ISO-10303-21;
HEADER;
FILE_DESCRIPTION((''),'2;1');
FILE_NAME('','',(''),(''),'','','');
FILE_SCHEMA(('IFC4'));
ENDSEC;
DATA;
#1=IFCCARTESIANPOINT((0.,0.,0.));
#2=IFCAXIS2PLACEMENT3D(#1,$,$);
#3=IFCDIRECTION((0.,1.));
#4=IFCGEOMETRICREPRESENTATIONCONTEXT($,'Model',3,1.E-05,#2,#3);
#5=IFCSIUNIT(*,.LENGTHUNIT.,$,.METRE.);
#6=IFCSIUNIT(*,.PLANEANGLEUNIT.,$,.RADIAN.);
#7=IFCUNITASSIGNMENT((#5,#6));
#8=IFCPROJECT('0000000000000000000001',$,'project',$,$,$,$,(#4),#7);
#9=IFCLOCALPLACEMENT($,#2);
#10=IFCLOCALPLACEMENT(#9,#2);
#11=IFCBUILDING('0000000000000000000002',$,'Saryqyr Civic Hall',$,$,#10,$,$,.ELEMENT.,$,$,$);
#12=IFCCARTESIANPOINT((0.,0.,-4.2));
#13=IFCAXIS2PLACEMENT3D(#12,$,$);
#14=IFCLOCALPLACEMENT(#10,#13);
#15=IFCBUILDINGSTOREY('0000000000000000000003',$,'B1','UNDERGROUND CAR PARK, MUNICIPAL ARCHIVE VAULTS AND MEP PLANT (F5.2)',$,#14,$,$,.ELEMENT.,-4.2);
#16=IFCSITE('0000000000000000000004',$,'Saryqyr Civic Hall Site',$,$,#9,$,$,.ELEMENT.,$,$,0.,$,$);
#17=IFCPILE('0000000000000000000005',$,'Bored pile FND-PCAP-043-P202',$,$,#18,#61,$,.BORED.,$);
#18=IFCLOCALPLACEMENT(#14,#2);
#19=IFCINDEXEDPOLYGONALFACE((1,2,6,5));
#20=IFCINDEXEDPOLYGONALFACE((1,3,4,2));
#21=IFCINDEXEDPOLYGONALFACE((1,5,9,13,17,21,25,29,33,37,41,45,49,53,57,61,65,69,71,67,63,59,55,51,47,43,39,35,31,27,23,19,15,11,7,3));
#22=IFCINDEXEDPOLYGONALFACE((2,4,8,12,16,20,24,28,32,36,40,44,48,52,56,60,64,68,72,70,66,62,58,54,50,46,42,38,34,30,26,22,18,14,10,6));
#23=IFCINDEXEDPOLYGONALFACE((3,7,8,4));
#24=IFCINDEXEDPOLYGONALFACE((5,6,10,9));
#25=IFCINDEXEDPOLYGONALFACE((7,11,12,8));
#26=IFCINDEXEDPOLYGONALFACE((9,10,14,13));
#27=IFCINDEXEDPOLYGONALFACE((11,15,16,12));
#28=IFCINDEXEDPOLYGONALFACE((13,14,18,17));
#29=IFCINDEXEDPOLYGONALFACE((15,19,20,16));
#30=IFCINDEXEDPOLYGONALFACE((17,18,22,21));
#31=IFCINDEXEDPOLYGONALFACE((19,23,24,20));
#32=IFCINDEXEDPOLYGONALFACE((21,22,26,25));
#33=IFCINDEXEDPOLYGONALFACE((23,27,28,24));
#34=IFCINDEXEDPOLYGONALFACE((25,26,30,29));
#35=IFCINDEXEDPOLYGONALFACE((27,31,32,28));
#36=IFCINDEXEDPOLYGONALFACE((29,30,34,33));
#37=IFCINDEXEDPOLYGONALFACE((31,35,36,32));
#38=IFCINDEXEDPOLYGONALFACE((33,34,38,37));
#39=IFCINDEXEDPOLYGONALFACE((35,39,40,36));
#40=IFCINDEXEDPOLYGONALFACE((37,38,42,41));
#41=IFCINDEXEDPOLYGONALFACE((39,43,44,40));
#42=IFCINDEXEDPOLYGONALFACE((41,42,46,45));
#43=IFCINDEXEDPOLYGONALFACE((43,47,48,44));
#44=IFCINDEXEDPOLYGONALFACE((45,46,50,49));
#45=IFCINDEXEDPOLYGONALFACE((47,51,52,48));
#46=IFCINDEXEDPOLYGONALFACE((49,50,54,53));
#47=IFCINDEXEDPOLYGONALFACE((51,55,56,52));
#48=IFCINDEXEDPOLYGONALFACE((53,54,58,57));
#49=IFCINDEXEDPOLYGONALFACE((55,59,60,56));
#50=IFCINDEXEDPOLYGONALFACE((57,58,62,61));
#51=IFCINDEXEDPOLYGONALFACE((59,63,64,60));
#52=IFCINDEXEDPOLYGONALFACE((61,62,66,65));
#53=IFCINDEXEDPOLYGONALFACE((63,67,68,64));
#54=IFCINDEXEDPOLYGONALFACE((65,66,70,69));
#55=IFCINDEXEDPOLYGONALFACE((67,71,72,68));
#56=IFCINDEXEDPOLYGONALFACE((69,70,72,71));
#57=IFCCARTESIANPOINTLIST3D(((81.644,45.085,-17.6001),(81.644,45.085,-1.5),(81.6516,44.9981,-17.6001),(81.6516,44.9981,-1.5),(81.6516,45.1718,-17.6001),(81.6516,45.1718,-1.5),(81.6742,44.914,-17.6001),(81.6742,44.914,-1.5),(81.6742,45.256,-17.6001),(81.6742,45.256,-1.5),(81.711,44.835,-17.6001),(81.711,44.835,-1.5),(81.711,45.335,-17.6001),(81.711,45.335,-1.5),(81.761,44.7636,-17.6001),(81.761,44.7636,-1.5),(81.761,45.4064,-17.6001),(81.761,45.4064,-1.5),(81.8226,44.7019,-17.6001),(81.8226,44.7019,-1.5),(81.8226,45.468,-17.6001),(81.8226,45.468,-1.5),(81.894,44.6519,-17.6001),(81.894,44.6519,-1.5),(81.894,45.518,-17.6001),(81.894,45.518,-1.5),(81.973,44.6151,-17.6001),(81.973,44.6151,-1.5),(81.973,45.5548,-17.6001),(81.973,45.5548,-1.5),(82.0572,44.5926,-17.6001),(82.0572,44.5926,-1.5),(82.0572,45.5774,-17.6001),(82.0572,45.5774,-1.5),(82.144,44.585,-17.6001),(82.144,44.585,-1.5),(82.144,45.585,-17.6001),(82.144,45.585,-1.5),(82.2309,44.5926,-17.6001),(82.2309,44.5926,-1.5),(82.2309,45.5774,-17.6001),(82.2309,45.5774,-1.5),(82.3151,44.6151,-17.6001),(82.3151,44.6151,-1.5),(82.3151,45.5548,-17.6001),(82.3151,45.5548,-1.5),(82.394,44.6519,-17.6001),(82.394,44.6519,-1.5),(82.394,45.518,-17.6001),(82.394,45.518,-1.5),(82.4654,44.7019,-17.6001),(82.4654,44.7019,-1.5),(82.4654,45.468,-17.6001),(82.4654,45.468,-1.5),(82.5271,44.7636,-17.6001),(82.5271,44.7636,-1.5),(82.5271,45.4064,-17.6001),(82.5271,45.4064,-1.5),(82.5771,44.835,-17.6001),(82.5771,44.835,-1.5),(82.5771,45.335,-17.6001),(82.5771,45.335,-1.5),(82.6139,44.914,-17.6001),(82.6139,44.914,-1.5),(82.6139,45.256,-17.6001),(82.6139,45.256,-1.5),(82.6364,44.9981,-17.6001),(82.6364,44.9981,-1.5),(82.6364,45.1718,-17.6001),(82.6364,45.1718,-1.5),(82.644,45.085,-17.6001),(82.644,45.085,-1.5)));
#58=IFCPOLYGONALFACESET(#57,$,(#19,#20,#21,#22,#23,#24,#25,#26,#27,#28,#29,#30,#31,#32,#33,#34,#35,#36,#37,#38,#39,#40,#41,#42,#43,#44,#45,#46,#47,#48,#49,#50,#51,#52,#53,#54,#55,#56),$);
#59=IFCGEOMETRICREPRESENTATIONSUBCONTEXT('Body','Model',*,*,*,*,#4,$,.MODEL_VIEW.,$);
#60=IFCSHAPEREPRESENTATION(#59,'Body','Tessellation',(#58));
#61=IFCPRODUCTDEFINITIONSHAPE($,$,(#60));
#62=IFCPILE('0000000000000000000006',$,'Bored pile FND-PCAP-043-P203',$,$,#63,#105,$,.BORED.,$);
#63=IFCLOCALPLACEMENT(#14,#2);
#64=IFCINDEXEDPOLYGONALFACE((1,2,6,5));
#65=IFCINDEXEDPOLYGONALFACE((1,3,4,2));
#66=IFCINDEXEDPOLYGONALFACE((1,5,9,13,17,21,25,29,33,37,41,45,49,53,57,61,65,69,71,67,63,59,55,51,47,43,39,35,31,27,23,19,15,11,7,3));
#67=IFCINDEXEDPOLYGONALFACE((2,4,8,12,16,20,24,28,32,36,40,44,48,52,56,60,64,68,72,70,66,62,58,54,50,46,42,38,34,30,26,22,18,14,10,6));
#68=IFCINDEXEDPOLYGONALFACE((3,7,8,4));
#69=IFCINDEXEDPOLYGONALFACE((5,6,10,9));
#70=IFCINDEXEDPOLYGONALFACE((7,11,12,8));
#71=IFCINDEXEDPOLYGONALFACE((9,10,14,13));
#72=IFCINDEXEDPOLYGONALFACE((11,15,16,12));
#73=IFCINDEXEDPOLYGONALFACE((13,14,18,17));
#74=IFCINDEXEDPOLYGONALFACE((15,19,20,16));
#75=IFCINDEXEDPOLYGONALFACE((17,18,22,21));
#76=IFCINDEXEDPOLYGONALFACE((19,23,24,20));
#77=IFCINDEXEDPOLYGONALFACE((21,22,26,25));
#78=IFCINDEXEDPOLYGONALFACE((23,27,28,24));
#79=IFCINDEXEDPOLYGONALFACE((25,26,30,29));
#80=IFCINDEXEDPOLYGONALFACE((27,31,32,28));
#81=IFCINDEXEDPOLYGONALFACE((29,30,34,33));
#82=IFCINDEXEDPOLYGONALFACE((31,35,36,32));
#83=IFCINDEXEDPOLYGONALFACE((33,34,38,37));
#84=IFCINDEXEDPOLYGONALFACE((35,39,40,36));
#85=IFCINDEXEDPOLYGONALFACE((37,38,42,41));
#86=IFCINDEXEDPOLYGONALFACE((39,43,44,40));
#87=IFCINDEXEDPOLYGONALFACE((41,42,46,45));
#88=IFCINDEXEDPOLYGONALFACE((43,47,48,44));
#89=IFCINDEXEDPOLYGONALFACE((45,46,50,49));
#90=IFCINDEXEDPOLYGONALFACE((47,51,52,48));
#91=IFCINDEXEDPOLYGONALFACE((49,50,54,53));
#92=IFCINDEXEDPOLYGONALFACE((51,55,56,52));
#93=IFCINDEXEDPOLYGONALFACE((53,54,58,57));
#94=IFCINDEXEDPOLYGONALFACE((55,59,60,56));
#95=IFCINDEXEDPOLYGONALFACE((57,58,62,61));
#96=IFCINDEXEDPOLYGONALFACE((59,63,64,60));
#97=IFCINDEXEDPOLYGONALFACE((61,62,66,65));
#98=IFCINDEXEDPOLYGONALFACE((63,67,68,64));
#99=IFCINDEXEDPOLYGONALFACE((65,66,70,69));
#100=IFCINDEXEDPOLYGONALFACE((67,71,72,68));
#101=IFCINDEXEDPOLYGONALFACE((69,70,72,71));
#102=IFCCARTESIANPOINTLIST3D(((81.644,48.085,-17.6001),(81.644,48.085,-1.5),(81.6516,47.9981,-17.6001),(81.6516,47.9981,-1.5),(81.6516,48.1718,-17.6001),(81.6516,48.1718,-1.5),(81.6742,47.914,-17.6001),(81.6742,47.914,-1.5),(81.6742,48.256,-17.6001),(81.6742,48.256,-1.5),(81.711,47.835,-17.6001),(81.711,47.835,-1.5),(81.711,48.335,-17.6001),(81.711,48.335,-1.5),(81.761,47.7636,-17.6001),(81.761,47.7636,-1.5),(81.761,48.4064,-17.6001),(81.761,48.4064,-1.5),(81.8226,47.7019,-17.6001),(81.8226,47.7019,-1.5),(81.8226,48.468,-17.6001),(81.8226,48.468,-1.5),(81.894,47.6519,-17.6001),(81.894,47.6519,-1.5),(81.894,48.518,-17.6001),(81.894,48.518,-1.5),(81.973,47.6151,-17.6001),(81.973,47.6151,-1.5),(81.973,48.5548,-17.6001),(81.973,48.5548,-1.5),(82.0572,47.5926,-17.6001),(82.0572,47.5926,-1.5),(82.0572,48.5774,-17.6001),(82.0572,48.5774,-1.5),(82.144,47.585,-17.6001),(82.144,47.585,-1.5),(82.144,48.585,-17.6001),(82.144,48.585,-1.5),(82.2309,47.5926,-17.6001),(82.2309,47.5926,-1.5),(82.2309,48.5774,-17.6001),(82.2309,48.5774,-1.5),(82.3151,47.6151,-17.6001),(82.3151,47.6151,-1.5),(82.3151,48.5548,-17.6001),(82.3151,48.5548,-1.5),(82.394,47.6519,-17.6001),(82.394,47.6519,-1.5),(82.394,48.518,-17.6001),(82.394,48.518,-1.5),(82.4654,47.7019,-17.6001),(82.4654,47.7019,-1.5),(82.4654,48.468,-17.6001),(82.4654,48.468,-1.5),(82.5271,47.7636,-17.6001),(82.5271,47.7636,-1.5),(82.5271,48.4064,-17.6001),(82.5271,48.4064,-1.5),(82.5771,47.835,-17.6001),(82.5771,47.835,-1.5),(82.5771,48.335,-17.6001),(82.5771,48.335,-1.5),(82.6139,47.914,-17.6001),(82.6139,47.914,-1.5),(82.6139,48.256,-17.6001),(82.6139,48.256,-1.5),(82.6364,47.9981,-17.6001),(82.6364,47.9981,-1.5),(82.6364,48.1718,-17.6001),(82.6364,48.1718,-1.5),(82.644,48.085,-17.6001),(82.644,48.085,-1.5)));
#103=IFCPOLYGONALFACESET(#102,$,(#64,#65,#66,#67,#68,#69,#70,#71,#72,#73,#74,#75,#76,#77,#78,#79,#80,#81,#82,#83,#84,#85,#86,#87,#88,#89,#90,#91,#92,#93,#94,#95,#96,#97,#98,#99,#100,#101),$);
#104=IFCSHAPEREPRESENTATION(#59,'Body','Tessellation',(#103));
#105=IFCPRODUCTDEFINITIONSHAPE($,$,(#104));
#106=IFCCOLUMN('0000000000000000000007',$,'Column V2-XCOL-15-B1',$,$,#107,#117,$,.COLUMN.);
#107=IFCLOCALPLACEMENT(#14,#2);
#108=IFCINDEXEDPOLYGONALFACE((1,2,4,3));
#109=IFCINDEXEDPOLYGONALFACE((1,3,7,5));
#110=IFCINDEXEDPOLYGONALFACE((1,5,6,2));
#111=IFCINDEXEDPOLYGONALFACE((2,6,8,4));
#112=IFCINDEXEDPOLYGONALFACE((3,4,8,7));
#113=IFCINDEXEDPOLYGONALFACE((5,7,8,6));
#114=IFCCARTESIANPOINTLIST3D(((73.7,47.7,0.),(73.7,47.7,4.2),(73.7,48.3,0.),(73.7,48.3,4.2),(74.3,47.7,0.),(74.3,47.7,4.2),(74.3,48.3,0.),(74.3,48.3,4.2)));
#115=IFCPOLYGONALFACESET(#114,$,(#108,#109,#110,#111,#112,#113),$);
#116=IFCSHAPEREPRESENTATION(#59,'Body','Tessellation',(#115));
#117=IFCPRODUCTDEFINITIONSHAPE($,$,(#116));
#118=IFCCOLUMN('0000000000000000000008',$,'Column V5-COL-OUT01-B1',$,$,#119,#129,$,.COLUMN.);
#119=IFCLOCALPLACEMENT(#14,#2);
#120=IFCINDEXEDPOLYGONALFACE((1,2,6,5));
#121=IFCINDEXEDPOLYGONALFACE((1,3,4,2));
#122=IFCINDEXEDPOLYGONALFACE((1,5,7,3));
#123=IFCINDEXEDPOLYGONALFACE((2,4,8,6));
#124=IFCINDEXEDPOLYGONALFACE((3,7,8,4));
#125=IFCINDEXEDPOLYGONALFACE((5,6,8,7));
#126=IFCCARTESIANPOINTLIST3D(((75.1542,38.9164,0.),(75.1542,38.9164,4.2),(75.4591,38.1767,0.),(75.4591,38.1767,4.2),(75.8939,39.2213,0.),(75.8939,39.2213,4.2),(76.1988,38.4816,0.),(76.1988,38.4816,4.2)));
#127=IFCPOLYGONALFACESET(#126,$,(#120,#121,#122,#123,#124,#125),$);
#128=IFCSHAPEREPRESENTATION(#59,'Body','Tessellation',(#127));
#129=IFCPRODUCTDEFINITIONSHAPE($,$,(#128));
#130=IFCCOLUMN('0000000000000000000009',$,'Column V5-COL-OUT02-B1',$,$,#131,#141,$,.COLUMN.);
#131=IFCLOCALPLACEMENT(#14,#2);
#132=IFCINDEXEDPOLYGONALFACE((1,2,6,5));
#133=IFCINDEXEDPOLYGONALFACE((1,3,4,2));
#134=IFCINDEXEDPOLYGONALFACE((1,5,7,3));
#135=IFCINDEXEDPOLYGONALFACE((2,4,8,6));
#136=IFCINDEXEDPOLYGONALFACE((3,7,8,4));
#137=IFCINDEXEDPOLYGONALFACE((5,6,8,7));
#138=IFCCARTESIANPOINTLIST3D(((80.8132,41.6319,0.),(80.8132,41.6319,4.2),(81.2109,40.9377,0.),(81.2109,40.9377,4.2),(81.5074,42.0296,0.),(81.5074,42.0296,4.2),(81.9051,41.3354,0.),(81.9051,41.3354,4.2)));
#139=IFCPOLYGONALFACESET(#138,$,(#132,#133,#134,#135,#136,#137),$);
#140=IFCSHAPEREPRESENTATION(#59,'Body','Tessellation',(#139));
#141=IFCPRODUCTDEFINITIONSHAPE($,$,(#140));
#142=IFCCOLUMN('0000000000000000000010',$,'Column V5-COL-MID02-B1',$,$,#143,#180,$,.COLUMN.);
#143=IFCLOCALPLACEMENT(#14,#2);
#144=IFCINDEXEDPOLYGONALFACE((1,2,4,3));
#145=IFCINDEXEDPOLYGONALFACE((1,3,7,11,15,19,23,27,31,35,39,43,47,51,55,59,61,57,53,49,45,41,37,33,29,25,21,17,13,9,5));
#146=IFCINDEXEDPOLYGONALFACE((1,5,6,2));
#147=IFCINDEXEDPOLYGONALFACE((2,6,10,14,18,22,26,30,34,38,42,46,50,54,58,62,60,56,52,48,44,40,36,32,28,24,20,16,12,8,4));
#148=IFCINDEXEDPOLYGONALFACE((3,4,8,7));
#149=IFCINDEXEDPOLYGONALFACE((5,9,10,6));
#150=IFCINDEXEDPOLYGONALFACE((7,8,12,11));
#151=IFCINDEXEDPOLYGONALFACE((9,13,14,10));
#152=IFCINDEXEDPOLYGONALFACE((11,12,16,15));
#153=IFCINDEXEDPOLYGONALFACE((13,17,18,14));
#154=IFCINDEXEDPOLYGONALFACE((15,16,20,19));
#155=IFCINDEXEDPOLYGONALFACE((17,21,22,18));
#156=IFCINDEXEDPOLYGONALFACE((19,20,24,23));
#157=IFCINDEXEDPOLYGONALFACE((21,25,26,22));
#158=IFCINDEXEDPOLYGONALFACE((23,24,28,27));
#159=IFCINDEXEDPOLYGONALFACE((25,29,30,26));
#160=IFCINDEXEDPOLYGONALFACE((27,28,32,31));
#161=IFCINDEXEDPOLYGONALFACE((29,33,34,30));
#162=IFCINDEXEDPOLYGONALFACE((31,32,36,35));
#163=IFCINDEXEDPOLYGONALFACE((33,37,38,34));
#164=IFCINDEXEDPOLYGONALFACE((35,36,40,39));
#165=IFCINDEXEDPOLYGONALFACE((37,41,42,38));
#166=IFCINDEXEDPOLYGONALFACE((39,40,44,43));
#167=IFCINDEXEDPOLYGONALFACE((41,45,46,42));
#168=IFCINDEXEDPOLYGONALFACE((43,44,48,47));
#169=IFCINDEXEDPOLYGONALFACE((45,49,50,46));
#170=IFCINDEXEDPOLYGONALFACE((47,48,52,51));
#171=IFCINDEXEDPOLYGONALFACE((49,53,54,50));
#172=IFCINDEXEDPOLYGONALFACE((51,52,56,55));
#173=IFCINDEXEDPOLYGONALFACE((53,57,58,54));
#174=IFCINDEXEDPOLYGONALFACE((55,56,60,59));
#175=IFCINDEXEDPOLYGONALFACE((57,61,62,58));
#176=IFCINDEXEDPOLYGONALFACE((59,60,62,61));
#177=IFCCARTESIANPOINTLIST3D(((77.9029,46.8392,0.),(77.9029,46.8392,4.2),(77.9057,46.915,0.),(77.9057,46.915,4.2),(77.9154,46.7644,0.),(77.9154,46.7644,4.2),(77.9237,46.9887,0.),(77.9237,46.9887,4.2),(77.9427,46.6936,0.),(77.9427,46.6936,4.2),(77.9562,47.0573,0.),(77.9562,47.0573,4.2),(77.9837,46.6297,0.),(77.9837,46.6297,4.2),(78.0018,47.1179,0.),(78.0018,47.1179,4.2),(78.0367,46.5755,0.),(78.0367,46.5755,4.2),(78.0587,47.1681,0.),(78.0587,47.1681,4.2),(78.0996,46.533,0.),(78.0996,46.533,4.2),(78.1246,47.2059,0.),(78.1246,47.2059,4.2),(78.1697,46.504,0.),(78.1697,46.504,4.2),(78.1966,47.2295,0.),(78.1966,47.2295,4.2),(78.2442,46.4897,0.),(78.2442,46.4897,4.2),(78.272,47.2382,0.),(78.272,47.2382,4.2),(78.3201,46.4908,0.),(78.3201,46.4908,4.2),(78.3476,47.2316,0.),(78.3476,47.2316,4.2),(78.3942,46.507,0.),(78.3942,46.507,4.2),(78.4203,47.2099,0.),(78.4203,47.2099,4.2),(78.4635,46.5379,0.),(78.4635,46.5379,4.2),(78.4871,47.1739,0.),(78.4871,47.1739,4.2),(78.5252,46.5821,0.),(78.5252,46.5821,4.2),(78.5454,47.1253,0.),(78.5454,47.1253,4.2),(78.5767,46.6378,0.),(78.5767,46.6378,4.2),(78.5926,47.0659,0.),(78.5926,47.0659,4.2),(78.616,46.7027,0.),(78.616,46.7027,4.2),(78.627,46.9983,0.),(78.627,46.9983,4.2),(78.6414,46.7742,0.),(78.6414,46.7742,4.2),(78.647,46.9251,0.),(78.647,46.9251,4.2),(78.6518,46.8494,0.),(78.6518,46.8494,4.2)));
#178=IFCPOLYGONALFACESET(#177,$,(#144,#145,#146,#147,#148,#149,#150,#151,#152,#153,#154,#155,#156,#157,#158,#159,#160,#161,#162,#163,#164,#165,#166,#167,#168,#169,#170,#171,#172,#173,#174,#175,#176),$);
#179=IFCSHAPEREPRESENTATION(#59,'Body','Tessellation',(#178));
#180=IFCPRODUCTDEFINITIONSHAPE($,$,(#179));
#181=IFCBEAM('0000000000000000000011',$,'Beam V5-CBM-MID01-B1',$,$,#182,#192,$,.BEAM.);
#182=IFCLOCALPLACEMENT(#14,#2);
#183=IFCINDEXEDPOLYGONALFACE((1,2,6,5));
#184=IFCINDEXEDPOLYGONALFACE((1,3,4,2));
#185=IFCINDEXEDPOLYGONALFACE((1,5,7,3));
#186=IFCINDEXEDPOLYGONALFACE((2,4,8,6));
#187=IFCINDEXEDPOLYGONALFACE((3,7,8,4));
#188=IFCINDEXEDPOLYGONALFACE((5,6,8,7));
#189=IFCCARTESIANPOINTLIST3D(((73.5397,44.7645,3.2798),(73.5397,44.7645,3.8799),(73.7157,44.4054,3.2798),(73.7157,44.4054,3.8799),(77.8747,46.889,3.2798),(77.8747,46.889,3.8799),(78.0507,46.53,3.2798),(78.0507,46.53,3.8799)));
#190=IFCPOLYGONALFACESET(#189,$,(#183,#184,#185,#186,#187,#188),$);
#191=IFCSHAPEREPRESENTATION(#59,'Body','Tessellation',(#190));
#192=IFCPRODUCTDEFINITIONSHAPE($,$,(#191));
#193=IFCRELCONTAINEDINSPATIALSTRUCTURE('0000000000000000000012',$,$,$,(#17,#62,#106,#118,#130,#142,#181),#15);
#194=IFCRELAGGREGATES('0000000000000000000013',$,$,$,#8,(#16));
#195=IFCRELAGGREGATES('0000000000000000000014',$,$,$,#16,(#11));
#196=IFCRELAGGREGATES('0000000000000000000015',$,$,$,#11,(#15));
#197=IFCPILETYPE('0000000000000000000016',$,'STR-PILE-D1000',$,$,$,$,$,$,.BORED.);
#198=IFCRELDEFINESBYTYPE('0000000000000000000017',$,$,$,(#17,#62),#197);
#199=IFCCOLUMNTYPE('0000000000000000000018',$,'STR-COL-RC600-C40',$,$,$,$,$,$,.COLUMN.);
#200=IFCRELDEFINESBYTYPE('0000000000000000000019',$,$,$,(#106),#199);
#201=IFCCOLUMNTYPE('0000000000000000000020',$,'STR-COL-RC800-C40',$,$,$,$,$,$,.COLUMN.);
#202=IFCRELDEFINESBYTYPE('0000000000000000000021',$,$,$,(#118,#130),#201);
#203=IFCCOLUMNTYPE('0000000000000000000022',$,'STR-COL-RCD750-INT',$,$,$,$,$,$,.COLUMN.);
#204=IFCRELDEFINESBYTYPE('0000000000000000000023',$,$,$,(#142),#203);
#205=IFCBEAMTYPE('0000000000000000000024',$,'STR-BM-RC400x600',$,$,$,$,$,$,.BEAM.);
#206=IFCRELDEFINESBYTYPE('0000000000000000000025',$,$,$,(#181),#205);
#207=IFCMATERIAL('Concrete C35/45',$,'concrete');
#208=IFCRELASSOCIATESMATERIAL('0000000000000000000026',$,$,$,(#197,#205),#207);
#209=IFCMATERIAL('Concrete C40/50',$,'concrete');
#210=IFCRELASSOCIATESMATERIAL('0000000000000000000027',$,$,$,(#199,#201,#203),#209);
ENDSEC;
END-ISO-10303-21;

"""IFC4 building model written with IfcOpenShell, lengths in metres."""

from ifc_helpers import new_model, si_unit, direction, frame, origin, origin_2d, place, context, subcontext, project, spatial, rectangle, circle, extrude, material, material_profile, profile_set, type_object, element, save


model = new_model("IFC4")

# Units and contexts
model_context = context("Model", 3, precision=1e-05, world=origin(), true_north=direction((0.0, 1.0)))
body_context = subcontext(model_context, "Body", "Model", "MODEL_VIEW")
ifc_project = project(units=[si_unit("LENGTHUNIT", "METRE"), si_unit("PLANEANGLEUNIT", "RADIAN")], contexts=[model_context])

# Site, building, storey
site_placement = place(None, origin())
site = spatial("IfcSite", under=ifc_project, at=site_placement, Name="Saryqyr Civic Hall Site", CompositionType="ELEMENT", RefElevation=0.0)
building_placement = place(site_placement, origin())
building = spatial("IfcBuilding", under=site, at=building_placement, Name="Saryqyr Civic Hall", CompositionType="ELEMENT")
storey_placement = place(building_placement, frame((0.0, 0.0, -4.2)))
storey = spatial("IfcBuildingStorey", under=building, at=storey_placement, Name="B1", Description="UNDERGROUND CAR PARK, MUNICIPAL ARCHIVE VAULTS AND MEP PLANT (F5.2)", CompositionType="ELEMENT", Elevation=-4.2)

# Piles
ifc_material_1 = material(Name="Concrete C35/45", Category="concrete")
ifc_material_profile_1 = material_profile(ifc_material_1, circle(Radius=0.5, at=origin_2d()), Name="BORED PILE D1000")
ifc_profile_set_1 = profile_set([ifc_material_profile_1], Name="Concrete C35/45")
pile_type = type_object("IfcPileType", Name="STR-PILE-D1000", PredefinedType="BORED", material=ifc_profile_set_1)
for number, where, z_axis, x_axis, name in (
    (1, (82.144, 45.085, -1.5), (0.0, 0.0, -1.0), (1.0, 0.0, 0.0), "Bored pile FND-PCAP-043-P202"),
    (2, (82.144, 48.085, -1.5), (0.0, 0.0, -1.0), (1.0, 0.0, 0.0), "Bored pile FND-PCAP-043-P203"),
):
    element("IfcPile", number, at=place(storey_placement, frame(where, z_axis=z_axis, x_axis=x_axis)), inside=storey, type_object=pile_type, Name=name, PredefinedType="BORED", context=body_context, shape_type="SweptSolid", body=[
        extrude(circle(Radius=0.5, at=origin_2d()), origin(), (0.0, 0.0, 1.0), 16.1001),
    ])

# Columns
ifc_material_2 = material(Name="Concrete C40/50", Category="concrete")
ifc_material_profile_2 = material_profile(ifc_material_2, rectangle(XDim=0.6001, YDim=0.6001, at=origin_2d()), Name="RC 600x600")
ifc_profile_set_2 = profile_set([ifc_material_profile_2], Name="Concrete C40/50")
column_type_1 = type_object("IfcColumnType", Name="STR-COL-RC600-C40", PredefinedType="COLUMN", material=ifc_profile_set_2)
column_placement = place(storey_placement, frame((74.0, 48.0, 0.0), z_axis=(0.0, 0.0, 1.0), x_axis=(1.0, 0.0, 0.0)))
element("IfcColumn", 3, at=column_placement, inside=storey, type_object=column_type_1, Name="Column V2-XCOL-15-B1", PredefinedType="COLUMN", context=body_context, shape_type="SweptSolid", body=[
    extrude(rectangle(XDim=0.6001, YDim=0.6001, at=origin_2d()), origin(), (0.0, 0.0, 1.0), 4.2),
])
ifc_material_profile_3 = material_profile(ifc_material_2, rectangle(XDim=0.8, YDim=0.8, at=origin_2d()), Name="RC 800x800")
ifc_profile_set_3 = profile_set([ifc_material_profile_3], Name="Concrete C40/50")
column_type_2 = type_object("IfcColumnType", Name="STR-COL-RC800-C40", PredefinedType="COLUMN", material=ifc_profile_set_3)
for number, where, z_axis, x_axis, name in (
    (4, (75.6765, 38.699, 0.0), (0.0, 0.0, 1.0), (0.38107, -0.924546, 0.0), "Column V5-COL-OUT01-B1"),
    (5, (81.3591, 41.4836, 0.0), (0.0, 0.0, 1.0), (0.497125, -0.867679, 0.0), "Column V5-COL-OUT02-B1"),
):
    element("IfcColumn", number, at=place(storey_placement, frame(where, z_axis=z_axis, x_axis=x_axis)), inside=storey, type_object=column_type_2, Name=name, PredefinedType="COLUMN", context=body_context, shape_type="SweptSolid", body=[
        extrude(rectangle(XDim=0.8, YDim=0.8, at=origin_2d()), origin(), (0.0, 0.0, 1.0), 4.2),
    ])
ifc_material_profile_4 = material_profile(ifc_material_2, circle(Radius=0.375, at=origin_2d()), Name="RC D750")
ifc_profile_set_4 = profile_set([ifc_material_profile_4], Name="Concrete C40/50")
column_type_3 = type_object("IfcColumnType", Name="STR-COL-RCD750-INT", PredefinedType="COLUMN", material=ifc_profile_set_4)
for number, where, z_axis, x_axis, name in (
    (6, (78.2771, 46.8633, 0.0), (0.0, 0.0, 1.0), (0.497125, -0.867679, 0.0), "Column V5-COL-MID02-B1"),
):
    element("IfcColumn", number, at=place(storey_placement, frame(where, z_axis=z_axis, x_axis=x_axis)), inside=storey, type_object=column_type_3, Name=name, PredefinedType="COLUMN", context=body_context, shape_type="SweptSolid", body=[
        extrude(circle(Radius=0.375, at=origin_2d()), origin(), (0.0, 0.0, 1.0), 4.2),
    ])

# Beam
ifc_material_profile_5 = material_profile(ifc_material_1, rectangle(XDim=0.3999, YDim=0.6001, at=origin_2d()), Name="RC 400x600")
ifc_profile_set_5 = profile_set([ifc_material_profile_5], Name="Concrete C35/45")
beam_type_1 = type_object("IfcBeamType", Name="STR-BM-RC400x600", PredefinedType="BEAM", material=ifc_profile_set_5)
for number, where, z_axis, x_axis, name in (
    (7, (73.6277, 44.585, 3.5798), (0.897959, 0.440079, 0.0), (-0.440079, 0.897959, 0.0), "Beam V5-CBM-MID01-B1"),
):
    element("IfcBeam", number, at=place(storey_placement, frame(where, z_axis=z_axis, x_axis=x_axis)), inside=storey, type_object=beam_type_1, Name=name, PredefinedType="BEAM", context=body_context, shape_type="SweptSolid", body=[
        extrude(rectangle(XDim=0.3999, YDim=0.6001, at=origin_2d()), origin(), (0.0, 0.0, 1.0), 4.8276),
    ])

save(model, "model.ifc")
